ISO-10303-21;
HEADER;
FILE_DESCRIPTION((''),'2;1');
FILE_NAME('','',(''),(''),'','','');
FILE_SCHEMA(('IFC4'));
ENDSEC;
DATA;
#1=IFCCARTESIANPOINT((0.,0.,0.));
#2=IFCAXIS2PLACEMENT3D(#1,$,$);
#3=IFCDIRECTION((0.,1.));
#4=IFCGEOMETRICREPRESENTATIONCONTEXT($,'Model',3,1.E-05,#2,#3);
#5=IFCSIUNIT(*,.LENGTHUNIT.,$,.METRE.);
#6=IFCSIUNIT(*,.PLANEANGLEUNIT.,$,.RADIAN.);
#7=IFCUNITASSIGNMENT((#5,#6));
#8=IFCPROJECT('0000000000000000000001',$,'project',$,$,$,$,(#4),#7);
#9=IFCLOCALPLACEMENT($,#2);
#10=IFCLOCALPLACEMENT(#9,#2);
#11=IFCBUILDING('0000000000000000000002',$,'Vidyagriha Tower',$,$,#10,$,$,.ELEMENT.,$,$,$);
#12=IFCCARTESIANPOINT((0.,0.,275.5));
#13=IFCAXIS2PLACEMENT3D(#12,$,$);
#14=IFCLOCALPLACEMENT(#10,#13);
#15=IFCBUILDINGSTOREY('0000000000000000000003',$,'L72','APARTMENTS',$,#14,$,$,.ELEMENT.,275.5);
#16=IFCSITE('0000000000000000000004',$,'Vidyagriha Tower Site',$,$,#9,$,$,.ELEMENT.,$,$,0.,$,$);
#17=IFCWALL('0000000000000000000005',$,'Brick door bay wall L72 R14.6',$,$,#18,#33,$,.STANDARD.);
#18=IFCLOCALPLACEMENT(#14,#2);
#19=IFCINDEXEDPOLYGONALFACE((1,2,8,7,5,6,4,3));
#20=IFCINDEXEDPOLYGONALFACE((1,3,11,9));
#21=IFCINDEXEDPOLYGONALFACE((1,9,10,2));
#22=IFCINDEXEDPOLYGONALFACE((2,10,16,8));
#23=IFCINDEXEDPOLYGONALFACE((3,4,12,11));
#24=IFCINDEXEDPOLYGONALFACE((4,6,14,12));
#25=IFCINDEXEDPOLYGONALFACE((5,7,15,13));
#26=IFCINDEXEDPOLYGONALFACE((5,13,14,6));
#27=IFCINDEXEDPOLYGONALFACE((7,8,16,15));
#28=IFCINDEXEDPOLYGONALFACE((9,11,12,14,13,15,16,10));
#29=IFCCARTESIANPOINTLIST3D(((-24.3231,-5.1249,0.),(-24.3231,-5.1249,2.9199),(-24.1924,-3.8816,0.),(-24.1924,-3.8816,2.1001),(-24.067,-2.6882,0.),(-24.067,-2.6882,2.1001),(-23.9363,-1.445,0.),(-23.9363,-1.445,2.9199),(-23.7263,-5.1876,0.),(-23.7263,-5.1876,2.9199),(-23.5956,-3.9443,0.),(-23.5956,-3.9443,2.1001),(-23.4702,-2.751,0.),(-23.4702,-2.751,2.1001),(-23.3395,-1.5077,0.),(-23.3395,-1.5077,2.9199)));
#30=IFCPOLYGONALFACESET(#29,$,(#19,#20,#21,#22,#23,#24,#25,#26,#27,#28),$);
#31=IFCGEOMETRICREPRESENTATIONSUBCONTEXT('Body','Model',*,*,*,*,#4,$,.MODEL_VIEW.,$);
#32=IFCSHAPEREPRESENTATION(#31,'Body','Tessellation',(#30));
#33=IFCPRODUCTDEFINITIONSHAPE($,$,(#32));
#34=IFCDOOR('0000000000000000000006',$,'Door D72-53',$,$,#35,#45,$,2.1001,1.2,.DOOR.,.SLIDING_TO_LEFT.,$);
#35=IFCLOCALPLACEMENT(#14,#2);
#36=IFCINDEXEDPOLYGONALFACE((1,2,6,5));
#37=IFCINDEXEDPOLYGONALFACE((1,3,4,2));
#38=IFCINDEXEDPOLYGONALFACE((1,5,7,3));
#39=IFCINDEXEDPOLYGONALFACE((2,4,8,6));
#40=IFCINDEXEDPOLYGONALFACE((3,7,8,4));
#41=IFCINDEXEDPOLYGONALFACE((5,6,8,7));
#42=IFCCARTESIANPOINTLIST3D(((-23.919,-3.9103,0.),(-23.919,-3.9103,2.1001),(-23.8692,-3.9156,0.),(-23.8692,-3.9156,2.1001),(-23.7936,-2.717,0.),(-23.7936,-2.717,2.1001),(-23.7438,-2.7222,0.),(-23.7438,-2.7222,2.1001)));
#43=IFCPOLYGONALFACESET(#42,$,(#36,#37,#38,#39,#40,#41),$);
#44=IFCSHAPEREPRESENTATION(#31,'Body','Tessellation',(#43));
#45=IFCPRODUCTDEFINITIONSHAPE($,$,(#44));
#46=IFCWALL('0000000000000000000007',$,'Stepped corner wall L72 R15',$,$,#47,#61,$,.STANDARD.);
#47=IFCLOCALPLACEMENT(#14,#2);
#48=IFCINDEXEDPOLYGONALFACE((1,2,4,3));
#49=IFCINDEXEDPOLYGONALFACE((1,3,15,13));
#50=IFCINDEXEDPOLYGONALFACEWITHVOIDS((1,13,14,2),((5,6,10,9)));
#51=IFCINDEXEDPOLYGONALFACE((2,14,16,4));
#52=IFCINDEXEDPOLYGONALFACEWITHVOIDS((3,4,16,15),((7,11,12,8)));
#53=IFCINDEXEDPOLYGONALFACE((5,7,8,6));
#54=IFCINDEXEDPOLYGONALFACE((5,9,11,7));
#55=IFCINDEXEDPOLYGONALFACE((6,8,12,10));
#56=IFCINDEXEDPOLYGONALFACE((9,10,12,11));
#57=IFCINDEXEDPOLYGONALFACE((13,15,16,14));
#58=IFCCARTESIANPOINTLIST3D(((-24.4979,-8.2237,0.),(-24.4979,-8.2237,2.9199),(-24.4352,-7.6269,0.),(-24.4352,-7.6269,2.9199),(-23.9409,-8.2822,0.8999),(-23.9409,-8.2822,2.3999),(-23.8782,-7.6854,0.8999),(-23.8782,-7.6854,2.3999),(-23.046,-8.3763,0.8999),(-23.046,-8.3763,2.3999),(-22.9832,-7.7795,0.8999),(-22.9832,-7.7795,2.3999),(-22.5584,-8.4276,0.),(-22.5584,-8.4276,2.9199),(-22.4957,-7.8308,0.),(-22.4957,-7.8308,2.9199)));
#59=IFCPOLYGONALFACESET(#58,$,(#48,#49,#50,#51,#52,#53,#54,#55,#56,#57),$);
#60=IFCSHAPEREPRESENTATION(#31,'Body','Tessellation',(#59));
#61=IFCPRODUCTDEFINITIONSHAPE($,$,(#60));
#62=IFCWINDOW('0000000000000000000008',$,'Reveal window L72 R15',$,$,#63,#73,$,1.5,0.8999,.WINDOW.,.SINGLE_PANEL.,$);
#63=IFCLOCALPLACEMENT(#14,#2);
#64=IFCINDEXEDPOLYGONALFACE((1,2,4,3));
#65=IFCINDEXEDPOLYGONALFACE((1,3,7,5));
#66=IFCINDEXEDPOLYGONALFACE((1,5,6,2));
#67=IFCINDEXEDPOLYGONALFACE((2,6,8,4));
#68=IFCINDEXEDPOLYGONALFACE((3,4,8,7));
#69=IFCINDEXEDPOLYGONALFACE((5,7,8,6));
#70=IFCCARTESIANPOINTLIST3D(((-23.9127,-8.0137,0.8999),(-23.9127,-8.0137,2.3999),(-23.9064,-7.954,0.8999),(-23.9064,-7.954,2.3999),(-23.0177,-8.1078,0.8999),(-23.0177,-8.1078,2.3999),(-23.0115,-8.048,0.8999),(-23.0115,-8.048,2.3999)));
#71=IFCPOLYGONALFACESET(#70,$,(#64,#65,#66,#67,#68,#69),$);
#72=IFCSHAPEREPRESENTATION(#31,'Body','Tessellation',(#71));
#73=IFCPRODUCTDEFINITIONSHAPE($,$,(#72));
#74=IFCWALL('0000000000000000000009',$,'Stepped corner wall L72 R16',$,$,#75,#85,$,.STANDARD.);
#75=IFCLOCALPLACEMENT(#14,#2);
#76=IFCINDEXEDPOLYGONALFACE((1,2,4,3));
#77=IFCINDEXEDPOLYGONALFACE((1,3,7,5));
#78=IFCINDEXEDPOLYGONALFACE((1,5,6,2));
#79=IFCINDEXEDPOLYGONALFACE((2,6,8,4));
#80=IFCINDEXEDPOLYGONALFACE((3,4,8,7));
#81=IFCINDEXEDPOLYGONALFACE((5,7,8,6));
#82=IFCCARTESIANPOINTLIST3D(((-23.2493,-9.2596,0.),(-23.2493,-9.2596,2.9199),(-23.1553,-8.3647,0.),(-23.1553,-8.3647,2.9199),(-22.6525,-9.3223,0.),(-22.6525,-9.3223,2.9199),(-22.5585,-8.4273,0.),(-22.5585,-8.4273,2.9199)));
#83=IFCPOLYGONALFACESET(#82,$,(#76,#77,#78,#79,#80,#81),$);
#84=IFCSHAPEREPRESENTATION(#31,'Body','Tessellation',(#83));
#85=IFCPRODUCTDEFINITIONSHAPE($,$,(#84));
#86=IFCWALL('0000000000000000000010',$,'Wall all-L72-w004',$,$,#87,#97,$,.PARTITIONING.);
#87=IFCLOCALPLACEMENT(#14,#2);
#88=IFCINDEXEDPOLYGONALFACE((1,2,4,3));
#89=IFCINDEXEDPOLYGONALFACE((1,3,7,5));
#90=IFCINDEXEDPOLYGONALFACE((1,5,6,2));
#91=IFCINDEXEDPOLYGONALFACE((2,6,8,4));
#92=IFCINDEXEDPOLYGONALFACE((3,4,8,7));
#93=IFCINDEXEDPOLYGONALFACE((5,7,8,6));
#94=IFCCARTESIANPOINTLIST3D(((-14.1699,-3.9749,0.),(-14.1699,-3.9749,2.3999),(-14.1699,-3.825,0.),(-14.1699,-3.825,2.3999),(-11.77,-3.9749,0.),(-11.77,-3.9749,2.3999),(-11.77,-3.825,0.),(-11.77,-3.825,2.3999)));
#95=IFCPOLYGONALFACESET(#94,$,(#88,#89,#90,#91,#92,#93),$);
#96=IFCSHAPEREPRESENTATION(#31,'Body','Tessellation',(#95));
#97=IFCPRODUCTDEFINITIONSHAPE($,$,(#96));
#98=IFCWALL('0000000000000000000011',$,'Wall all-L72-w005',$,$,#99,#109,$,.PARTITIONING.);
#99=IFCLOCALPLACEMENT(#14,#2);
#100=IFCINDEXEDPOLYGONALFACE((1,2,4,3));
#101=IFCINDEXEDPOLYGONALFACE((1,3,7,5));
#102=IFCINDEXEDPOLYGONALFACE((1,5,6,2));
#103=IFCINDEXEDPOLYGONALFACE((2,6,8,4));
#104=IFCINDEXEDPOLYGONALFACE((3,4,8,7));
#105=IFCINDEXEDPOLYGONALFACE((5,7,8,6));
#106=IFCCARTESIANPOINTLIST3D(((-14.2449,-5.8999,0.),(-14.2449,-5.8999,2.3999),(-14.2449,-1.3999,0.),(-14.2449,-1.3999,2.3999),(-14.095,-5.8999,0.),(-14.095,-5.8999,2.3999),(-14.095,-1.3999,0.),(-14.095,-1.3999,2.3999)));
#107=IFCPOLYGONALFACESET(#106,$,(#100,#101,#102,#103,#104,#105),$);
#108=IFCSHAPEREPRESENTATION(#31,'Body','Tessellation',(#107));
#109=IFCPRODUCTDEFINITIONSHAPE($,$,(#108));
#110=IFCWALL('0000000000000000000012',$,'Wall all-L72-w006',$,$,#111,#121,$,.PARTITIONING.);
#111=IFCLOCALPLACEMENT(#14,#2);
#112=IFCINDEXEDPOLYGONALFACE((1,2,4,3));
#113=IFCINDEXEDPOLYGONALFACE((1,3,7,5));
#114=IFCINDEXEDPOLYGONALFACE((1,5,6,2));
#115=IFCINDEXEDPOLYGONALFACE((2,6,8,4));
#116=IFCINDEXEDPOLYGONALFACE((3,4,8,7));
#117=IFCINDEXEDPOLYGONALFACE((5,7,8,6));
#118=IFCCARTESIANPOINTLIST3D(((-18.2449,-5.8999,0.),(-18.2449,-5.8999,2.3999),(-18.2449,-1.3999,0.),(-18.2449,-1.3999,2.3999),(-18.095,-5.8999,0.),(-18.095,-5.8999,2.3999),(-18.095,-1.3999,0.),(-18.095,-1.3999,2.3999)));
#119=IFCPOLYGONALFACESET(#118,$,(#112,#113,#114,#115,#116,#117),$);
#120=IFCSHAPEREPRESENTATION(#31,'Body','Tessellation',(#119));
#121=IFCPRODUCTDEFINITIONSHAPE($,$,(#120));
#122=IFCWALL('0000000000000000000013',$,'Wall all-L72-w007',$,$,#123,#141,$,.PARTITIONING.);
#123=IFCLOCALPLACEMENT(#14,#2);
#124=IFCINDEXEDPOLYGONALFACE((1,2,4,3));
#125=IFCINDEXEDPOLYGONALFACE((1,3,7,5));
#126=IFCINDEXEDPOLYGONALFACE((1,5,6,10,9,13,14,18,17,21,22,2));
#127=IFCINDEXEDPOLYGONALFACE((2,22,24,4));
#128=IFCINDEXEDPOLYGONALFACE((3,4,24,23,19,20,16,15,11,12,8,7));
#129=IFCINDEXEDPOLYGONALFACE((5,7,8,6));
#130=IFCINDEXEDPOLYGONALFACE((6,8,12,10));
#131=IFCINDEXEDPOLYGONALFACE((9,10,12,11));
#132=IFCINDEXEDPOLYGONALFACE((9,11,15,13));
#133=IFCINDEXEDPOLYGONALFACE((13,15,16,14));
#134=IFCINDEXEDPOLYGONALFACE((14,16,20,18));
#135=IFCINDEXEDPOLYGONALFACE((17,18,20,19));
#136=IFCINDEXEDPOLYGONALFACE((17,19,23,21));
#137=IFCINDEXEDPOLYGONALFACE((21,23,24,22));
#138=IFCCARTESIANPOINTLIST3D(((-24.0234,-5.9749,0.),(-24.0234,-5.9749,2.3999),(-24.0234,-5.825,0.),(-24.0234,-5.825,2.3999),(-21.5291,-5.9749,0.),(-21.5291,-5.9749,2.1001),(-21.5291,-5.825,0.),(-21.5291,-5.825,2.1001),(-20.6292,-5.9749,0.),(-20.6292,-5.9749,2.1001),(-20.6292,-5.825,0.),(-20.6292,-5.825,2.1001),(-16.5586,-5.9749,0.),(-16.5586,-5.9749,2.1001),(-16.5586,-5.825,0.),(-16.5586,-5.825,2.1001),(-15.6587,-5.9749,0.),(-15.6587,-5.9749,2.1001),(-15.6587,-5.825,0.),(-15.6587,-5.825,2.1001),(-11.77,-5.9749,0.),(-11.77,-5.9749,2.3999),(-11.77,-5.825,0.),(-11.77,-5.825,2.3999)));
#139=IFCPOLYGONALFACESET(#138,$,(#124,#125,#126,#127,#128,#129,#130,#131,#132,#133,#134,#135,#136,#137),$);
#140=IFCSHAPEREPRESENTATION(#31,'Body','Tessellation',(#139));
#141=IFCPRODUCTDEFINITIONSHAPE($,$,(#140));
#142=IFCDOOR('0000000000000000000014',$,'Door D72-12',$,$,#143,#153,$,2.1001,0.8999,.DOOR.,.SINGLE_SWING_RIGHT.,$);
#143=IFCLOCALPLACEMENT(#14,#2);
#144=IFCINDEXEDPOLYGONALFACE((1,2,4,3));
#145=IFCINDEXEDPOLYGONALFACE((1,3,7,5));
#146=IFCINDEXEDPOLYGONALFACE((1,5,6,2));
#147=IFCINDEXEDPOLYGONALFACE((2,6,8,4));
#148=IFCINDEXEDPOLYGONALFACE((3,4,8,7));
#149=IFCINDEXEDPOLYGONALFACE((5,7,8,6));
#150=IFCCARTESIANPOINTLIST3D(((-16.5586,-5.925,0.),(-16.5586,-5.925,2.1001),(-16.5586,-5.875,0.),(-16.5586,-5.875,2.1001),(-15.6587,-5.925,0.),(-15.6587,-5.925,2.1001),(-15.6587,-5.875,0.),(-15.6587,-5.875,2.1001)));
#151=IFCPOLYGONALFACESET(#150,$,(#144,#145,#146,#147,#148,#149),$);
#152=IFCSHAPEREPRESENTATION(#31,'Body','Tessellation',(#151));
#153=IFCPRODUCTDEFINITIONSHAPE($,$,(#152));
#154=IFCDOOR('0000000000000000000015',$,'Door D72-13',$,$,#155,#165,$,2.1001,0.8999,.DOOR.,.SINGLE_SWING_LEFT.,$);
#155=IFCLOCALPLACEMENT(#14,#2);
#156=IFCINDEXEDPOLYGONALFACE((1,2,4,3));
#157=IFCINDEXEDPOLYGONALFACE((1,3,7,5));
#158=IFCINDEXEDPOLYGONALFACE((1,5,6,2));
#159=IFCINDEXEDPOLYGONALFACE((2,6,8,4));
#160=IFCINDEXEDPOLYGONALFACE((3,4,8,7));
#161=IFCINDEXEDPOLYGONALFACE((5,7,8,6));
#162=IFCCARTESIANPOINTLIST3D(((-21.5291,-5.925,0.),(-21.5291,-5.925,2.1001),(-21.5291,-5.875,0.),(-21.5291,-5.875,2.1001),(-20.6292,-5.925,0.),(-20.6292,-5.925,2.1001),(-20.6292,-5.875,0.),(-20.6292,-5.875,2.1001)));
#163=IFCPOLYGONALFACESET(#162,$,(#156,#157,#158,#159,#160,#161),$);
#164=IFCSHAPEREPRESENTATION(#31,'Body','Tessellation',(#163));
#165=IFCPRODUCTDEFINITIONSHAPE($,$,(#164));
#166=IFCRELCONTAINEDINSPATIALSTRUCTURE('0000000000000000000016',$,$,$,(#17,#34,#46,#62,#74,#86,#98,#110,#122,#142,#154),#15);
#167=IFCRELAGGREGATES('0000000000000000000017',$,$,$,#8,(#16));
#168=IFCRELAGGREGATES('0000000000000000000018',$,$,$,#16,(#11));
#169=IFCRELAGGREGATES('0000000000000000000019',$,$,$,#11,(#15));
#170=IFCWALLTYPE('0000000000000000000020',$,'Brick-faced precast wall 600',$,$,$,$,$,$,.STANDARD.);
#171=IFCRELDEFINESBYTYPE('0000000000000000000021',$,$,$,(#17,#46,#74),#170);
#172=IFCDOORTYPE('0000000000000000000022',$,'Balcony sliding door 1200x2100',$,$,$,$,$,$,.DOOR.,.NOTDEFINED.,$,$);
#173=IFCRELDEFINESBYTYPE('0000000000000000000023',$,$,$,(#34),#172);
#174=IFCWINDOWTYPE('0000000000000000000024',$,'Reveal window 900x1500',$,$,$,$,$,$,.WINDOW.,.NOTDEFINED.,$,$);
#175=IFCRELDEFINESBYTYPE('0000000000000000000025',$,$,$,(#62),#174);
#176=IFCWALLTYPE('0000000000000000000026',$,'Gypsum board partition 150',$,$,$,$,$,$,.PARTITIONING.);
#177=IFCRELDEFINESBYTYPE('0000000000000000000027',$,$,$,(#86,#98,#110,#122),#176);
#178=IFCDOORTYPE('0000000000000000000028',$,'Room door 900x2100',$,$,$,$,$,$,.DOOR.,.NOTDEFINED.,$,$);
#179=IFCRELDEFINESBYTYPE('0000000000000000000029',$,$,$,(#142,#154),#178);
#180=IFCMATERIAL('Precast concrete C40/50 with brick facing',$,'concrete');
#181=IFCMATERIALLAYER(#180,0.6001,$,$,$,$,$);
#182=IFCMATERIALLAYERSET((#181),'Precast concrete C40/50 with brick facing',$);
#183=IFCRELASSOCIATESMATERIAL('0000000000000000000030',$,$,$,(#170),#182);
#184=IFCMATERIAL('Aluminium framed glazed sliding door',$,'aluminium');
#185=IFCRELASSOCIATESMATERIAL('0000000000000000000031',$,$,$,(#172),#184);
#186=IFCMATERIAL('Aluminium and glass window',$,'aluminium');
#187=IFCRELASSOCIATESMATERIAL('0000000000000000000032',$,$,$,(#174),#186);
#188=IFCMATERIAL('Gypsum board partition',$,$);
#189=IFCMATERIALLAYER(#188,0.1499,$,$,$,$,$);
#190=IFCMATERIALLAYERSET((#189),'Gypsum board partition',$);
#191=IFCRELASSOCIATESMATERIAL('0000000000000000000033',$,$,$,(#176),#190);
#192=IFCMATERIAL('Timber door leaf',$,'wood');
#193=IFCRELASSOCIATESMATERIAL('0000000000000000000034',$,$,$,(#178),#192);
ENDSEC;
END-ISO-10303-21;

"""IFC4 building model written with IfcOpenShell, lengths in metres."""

from ifc_helpers import new_model, si_unit, direction, frame, frame_2d, origin, place, context, subcontext, project, spatial, rectangle, extrude, material, layer, layer_set, type_object, element, fill, save


model = new_model("IFC4")

# Units and contexts
model_context = context("Model", 3, precision=1e-05, world=origin(), true_north=direction((0.0, 1.0)))
body_context = subcontext(model_context, "Body", "Model", "MODEL_VIEW")
ifc_project = project(units=[si_unit("LENGTHUNIT", "METRE"), si_unit("PLANEANGLEUNIT", "RADIAN")], contexts=[model_context])

# Site, building, storey
site_placement = place(None, origin())
site = spatial("IfcSite", under=ifc_project, at=site_placement, Name="Vidyagriha Tower Site", CompositionType="ELEMENT", RefElevation=0.0)
building_placement = place(site_placement, origin())
building = spatial("IfcBuilding", under=site, at=building_placement, Name="Vidyagriha Tower", CompositionType="ELEMENT")
storey_placement = place(building_placement, frame((0.0, 0.0, 275.5)))
storey = spatial("IfcBuildingStorey", under=building, at=storey_placement, Name="L72", Description="APARTMENTS", CompositionType="ELEMENT", Elevation=275.5)

# Wall, opening, door
ifc_material_1 = material(Name="Precast concrete C40/50 with brick facing", Category="concrete")
ifc_layer_1 = layer(ifc_material_1, 0.6001)
ifc_layer_set_1 = layer_set([ifc_layer_1], Name="Precast concrete C40/50 with brick facing")
wall_type_1 = type_object("IfcWallType", Name="Brick-faced precast wall 600", PredefinedType="STANDARD", material=ifc_layer_set_1)
wall_1_placement = place(storey_placement, frame((-23.6379, -1.4763, 0.0), z_axis=(0.0, 0.0, 1.0), x_axis=(-0.104513, -0.994524, 0.0)))
wall_1 = element("IfcWall", 1, at=wall_1_placement, inside=storey, type_object=wall_type_1, Name="Brick door bay wall L72 R14.6", PredefinedType="STANDARD", context=body_context, shape_type="SweptSolid", body=[
    extrude(rectangle(XDim=3.7002, YDim=0.6001, at=frame_2d((1.8501, 0.0))), origin(), (0.0, 0.0, 1.0), 2.9199),
])
opening_1_placement = place(wall_1_placement, frame((1.25, 0.0, 0.0)))
opening_1 = element("IfcOpeningElement", 2, at=opening_1_placement, cuts=wall_1, PredefinedType="OPENING", context=body_context, shape_type="SweptSolid", body=[
    extrude(rectangle(XDim=1.2, YDim=2.1001, at=frame_2d((0.6001, 1.05))), frame((0.0, 0.3101, 0.0), z_axis=(0.0, -1.0, 0.0), x_axis=(1.0, 0.0, 0.0)), (0.0, 0.0, 1.0), 0.6201),
])
ifc_material_2 = material(Name="Aluminium framed glazed sliding door", Category="aluminium")
door_type_1 = type_object("IfcDoorType", Name="Balcony sliding door 1200x2100", OperationType="NOTDEFINED", PredefinedType="DOOR", material=ifc_material_2)
door_1_placement = place(opening_1_placement, origin())
door_1 = element("IfcDoor", 3, at=door_1_placement, inside=storey, type_object=door_type_1, Name="Door D72-53", OperationType="SLIDING_TO_LEFT", OverallHeight=2.1001, OverallWidth=1.2, PredefinedType="DOOR", context=body_context, shape_type="SweptSolid", body=[
    extrude(rectangle(XDim=1.2, YDim=2.1001, at=frame_2d((0.6001, 1.05))), frame((0.0, 0.0249, 0.0), z_axis=(0.0, -1.0, 0.0), x_axis=(1.0, 0.0, 0.0)), (0.0, 0.0, 1.0), 0.05),
])
fill(opening_1, door_1)

# Wall, opening, window
wall_2_placement = place(storey_placement, frame((-24.4666, -7.9253, 0.0), z_axis=(0.0, 0.0, 1.0), x_axis=(0.994521, -0.104535, 0.0)))
wall_2 = element("IfcWall", 4, at=wall_2_placement, inside=storey, type_object=wall_type_1, Name="Stepped corner wall L72 R15", PredefinedType="STANDARD", context=body_context, shape_type="SweptSolid", body=[
    extrude(rectangle(XDim=1.9502, YDim=0.6001, at=frame_2d((0.9751, 0.0))), origin(), (0.0, 0.0, 1.0), 2.9199),
])
opening_2_placement = place(wall_2_placement, frame((0.5601, 0.0, 0.8999)))
opening_2 = element("IfcOpeningElement", 5, at=opening_2_placement, cuts=wall_2, PredefinedType="OPENING", context=body_context, shape_type="SweptSolid", body=[
    extrude(rectangle(XDim=0.8999, YDim=1.5, at=frame_2d((0.45, 0.75))), frame((0.0, 0.3101, 0.0), z_axis=(0.0, -1.0, 0.0), x_axis=(1.0, 0.0, 0.0)), (0.0, 0.0, 1.0), 0.6201),
])
ifc_material_3 = material(Name="Aluminium and glass window", Category="aluminium")
window_type = type_object("IfcWindowType", Name="Reveal window 900x1500", PartitioningType="NOTDEFINED", PredefinedType="WINDOW", material=ifc_material_3)
window_placement = place(opening_2_placement, origin())
window = element("IfcWindow", 6, at=window_placement, inside=storey, type_object=window_type, Name="Reveal window L72 R15", OverallHeight=1.5, OverallWidth=0.8999, PartitioningType="SINGLE_PANEL", PredefinedType="WINDOW", context=body_context, shape_type="SweptSolid", body=[
    extrude(rectangle(XDim=0.8999, YDim=1.5, at=frame_2d((0.45, 0.75))), frame((0.0, 0.03, 0.0), z_axis=(0.0, -1.0, 0.0), x_axis=(1.0, 0.0, 0.0)), (0.0, 0.0, 1.0), 0.0601),
])
fill(opening_2, window)

# Walls
wall_3_placement = place(storey_placement, frame((-22.8569, -8.396, 0.0), z_axis=(0.0, 0.0, 1.0), x_axis=(-0.104445, -0.994531, 0.0)))
element("IfcWall", 7, at=wall_3_placement, inside=storey, type_object=wall_type_1, Name="Stepped corner wall L72 R16", PredefinedType="STANDARD", context=body_context, shape_type="SweptSolid", body=[
    extrude(rectangle(XDim=0.8999, YDim=0.6001, at=frame_2d((0.45, 0.0))), origin(), (0.0, 0.0, 1.0), 2.9199),
])
ifc_material_4 = material(Name="Gypsum board partition")
ifc_layer_2 = layer(ifc_material_4, 0.1499)
ifc_layer_set_2 = layer_set([ifc_layer_2], Name="Gypsum board partition")
wall_type_2 = type_object("IfcWallType", Name="Gypsum board partition 150", PredefinedType="PARTITIONING", material=ifc_layer_set_2)
wall_4_placement = place(storey_placement, frame((-11.77, -3.8999, 0.0), z_axis=(0.0, 0.0, 1.0), x_axis=(-1.0, 0.0, 0.0)))
element("IfcWall", 8, at=wall_4_placement, inside=storey, type_object=wall_type_2, Name="Wall all-L72-w004", PredefinedType="PARTITIONING", context=body_context, shape_type="SweptSolid", body=[
    extrude(rectangle(XDim=2.3999, YDim=0.1499, at=frame_2d((1.2, 0.0))), origin(), (0.0, 0.0, 1.0), 2.3999),
])
for number, where, z_axis, x_axis, name in (
    (9, (-14.1699, -5.8999, 0.0), (0.0, 0.0, 1.0), (0.0, 1.0, 0.0), "Wall all-L72-w005"),
    (10, (-18.1699, -5.8999, 0.0), (0.0, 0.0, 1.0), (0.0, 1.0, 0.0), "Wall all-L72-w006"),
):
    element("IfcWall", number, at=place(storey_placement, frame(where, z_axis=z_axis, x_axis=x_axis)), inside=storey, type_object=wall_type_2, Name=name, PredefinedType="PARTITIONING", context=body_context, shape_type="SweptSolid", body=[
        extrude(rectangle(XDim=4.5, YDim=0.1499, at=frame_2d((2.25, 0.0))), origin(), (0.0, 0.0, 1.0), 2.3999),
    ])

# Wall, openings, doors
wall_5_placement = place(storey_placement, frame((-24.0234, -5.8999, 0.0)))
wall_5 = element("IfcWall", 11, at=wall_5_placement, inside=storey, type_object=wall_type_2, Name="Wall all-L72-w007", PredefinedType="PARTITIONING", context=body_context, shape_type="SweptSolid", body=[
    extrude(rectangle(XDim=12.2534, YDim=0.1499, at=frame_2d((6.1267, 0.0))), origin(), (0.0, 0.0, 1.0), 2.3999),
])
opening_3_placement = place(wall_5_placement, frame((7.4648, 0.0, 0.0)))
opening_3 = element("IfcOpeningElement", 12, at=opening_3_placement, cuts=wall_5, PredefinedType="OPENING", context=body_context, shape_type="SweptSolid", body=[
    extrude(rectangle(XDim=0.8999, YDim=2.1001, at=frame_2d((0.45, 1.05))), frame((0.0, 0.085, 0.0), z_axis=(0.0, -1.0, 0.0), x_axis=(1.0, 0.0, 0.0)), (0.0, 0.0, 1.0), 0.1699),
])
opening_4_placement = place(wall_5_placement, frame((2.4944, 0.0, 0.0)))
opening_4 = element("IfcOpeningElement", 13, at=opening_4_placement, cuts=wall_5, PredefinedType="OPENING", context=body_context, shape_type="SweptSolid", body=[
    extrude(rectangle(XDim=0.8999, YDim=2.1001, at=frame_2d((0.45, 1.05))), frame((0.0, 0.085, 0.0), z_axis=(0.0, -1.0, 0.0), x_axis=(1.0, 0.0, 0.0)), (0.0, 0.0, 1.0), 0.1699),
])
ifc_material_5 = material(Name="Timber door leaf", Category="wood")
door_type_2 = type_object("IfcDoorType", Name="Room door 900x2100", OperationType="NOTDEFINED", PredefinedType="DOOR", material=ifc_material_5)
door_2_placement = place(opening_3_placement, origin())
door_2 = element("IfcDoor", 14, at=door_2_placement, inside=storey, type_object=door_type_2, Name="Door D72-12", OperationType="SINGLE_SWING_RIGHT", OverallHeight=2.1001, OverallWidth=0.8999, PredefinedType="DOOR", context=body_context, shape_type="SweptSolid", body=[
    extrude(rectangle(XDim=0.8999, YDim=2.1001, at=frame_2d((0.45, 1.05))), frame((0.0, 0.0249, 0.0), z_axis=(0.0, -1.0, 0.0), x_axis=(1.0, 0.0, 0.0)), (0.0, 0.0, 1.0), 0.05),
])
fill(opening_3, door_2)
door_3_placement = place(opening_4_placement, origin())
door_3 = element("IfcDoor", 15, at=door_3_placement, inside=storey, type_object=door_type_2, Name="Door D72-13", OperationType="SINGLE_SWING_LEFT", OverallHeight=2.1001, OverallWidth=0.8999, PredefinedType="DOOR", context=body_context, shape_type="SweptSolid", body=[
    extrude(rectangle(XDim=0.8999, YDim=2.1001, at=frame_2d((0.45, 1.05))), frame((0.0, 0.0249, 0.0), z_axis=(0.0, -1.0, 0.0), x_axis=(1.0, 0.0, 0.0)), (0.0, 0.0, 1.0), 0.05),
])
fill(opening_4, door_3)

save(model, "model.ifc")
